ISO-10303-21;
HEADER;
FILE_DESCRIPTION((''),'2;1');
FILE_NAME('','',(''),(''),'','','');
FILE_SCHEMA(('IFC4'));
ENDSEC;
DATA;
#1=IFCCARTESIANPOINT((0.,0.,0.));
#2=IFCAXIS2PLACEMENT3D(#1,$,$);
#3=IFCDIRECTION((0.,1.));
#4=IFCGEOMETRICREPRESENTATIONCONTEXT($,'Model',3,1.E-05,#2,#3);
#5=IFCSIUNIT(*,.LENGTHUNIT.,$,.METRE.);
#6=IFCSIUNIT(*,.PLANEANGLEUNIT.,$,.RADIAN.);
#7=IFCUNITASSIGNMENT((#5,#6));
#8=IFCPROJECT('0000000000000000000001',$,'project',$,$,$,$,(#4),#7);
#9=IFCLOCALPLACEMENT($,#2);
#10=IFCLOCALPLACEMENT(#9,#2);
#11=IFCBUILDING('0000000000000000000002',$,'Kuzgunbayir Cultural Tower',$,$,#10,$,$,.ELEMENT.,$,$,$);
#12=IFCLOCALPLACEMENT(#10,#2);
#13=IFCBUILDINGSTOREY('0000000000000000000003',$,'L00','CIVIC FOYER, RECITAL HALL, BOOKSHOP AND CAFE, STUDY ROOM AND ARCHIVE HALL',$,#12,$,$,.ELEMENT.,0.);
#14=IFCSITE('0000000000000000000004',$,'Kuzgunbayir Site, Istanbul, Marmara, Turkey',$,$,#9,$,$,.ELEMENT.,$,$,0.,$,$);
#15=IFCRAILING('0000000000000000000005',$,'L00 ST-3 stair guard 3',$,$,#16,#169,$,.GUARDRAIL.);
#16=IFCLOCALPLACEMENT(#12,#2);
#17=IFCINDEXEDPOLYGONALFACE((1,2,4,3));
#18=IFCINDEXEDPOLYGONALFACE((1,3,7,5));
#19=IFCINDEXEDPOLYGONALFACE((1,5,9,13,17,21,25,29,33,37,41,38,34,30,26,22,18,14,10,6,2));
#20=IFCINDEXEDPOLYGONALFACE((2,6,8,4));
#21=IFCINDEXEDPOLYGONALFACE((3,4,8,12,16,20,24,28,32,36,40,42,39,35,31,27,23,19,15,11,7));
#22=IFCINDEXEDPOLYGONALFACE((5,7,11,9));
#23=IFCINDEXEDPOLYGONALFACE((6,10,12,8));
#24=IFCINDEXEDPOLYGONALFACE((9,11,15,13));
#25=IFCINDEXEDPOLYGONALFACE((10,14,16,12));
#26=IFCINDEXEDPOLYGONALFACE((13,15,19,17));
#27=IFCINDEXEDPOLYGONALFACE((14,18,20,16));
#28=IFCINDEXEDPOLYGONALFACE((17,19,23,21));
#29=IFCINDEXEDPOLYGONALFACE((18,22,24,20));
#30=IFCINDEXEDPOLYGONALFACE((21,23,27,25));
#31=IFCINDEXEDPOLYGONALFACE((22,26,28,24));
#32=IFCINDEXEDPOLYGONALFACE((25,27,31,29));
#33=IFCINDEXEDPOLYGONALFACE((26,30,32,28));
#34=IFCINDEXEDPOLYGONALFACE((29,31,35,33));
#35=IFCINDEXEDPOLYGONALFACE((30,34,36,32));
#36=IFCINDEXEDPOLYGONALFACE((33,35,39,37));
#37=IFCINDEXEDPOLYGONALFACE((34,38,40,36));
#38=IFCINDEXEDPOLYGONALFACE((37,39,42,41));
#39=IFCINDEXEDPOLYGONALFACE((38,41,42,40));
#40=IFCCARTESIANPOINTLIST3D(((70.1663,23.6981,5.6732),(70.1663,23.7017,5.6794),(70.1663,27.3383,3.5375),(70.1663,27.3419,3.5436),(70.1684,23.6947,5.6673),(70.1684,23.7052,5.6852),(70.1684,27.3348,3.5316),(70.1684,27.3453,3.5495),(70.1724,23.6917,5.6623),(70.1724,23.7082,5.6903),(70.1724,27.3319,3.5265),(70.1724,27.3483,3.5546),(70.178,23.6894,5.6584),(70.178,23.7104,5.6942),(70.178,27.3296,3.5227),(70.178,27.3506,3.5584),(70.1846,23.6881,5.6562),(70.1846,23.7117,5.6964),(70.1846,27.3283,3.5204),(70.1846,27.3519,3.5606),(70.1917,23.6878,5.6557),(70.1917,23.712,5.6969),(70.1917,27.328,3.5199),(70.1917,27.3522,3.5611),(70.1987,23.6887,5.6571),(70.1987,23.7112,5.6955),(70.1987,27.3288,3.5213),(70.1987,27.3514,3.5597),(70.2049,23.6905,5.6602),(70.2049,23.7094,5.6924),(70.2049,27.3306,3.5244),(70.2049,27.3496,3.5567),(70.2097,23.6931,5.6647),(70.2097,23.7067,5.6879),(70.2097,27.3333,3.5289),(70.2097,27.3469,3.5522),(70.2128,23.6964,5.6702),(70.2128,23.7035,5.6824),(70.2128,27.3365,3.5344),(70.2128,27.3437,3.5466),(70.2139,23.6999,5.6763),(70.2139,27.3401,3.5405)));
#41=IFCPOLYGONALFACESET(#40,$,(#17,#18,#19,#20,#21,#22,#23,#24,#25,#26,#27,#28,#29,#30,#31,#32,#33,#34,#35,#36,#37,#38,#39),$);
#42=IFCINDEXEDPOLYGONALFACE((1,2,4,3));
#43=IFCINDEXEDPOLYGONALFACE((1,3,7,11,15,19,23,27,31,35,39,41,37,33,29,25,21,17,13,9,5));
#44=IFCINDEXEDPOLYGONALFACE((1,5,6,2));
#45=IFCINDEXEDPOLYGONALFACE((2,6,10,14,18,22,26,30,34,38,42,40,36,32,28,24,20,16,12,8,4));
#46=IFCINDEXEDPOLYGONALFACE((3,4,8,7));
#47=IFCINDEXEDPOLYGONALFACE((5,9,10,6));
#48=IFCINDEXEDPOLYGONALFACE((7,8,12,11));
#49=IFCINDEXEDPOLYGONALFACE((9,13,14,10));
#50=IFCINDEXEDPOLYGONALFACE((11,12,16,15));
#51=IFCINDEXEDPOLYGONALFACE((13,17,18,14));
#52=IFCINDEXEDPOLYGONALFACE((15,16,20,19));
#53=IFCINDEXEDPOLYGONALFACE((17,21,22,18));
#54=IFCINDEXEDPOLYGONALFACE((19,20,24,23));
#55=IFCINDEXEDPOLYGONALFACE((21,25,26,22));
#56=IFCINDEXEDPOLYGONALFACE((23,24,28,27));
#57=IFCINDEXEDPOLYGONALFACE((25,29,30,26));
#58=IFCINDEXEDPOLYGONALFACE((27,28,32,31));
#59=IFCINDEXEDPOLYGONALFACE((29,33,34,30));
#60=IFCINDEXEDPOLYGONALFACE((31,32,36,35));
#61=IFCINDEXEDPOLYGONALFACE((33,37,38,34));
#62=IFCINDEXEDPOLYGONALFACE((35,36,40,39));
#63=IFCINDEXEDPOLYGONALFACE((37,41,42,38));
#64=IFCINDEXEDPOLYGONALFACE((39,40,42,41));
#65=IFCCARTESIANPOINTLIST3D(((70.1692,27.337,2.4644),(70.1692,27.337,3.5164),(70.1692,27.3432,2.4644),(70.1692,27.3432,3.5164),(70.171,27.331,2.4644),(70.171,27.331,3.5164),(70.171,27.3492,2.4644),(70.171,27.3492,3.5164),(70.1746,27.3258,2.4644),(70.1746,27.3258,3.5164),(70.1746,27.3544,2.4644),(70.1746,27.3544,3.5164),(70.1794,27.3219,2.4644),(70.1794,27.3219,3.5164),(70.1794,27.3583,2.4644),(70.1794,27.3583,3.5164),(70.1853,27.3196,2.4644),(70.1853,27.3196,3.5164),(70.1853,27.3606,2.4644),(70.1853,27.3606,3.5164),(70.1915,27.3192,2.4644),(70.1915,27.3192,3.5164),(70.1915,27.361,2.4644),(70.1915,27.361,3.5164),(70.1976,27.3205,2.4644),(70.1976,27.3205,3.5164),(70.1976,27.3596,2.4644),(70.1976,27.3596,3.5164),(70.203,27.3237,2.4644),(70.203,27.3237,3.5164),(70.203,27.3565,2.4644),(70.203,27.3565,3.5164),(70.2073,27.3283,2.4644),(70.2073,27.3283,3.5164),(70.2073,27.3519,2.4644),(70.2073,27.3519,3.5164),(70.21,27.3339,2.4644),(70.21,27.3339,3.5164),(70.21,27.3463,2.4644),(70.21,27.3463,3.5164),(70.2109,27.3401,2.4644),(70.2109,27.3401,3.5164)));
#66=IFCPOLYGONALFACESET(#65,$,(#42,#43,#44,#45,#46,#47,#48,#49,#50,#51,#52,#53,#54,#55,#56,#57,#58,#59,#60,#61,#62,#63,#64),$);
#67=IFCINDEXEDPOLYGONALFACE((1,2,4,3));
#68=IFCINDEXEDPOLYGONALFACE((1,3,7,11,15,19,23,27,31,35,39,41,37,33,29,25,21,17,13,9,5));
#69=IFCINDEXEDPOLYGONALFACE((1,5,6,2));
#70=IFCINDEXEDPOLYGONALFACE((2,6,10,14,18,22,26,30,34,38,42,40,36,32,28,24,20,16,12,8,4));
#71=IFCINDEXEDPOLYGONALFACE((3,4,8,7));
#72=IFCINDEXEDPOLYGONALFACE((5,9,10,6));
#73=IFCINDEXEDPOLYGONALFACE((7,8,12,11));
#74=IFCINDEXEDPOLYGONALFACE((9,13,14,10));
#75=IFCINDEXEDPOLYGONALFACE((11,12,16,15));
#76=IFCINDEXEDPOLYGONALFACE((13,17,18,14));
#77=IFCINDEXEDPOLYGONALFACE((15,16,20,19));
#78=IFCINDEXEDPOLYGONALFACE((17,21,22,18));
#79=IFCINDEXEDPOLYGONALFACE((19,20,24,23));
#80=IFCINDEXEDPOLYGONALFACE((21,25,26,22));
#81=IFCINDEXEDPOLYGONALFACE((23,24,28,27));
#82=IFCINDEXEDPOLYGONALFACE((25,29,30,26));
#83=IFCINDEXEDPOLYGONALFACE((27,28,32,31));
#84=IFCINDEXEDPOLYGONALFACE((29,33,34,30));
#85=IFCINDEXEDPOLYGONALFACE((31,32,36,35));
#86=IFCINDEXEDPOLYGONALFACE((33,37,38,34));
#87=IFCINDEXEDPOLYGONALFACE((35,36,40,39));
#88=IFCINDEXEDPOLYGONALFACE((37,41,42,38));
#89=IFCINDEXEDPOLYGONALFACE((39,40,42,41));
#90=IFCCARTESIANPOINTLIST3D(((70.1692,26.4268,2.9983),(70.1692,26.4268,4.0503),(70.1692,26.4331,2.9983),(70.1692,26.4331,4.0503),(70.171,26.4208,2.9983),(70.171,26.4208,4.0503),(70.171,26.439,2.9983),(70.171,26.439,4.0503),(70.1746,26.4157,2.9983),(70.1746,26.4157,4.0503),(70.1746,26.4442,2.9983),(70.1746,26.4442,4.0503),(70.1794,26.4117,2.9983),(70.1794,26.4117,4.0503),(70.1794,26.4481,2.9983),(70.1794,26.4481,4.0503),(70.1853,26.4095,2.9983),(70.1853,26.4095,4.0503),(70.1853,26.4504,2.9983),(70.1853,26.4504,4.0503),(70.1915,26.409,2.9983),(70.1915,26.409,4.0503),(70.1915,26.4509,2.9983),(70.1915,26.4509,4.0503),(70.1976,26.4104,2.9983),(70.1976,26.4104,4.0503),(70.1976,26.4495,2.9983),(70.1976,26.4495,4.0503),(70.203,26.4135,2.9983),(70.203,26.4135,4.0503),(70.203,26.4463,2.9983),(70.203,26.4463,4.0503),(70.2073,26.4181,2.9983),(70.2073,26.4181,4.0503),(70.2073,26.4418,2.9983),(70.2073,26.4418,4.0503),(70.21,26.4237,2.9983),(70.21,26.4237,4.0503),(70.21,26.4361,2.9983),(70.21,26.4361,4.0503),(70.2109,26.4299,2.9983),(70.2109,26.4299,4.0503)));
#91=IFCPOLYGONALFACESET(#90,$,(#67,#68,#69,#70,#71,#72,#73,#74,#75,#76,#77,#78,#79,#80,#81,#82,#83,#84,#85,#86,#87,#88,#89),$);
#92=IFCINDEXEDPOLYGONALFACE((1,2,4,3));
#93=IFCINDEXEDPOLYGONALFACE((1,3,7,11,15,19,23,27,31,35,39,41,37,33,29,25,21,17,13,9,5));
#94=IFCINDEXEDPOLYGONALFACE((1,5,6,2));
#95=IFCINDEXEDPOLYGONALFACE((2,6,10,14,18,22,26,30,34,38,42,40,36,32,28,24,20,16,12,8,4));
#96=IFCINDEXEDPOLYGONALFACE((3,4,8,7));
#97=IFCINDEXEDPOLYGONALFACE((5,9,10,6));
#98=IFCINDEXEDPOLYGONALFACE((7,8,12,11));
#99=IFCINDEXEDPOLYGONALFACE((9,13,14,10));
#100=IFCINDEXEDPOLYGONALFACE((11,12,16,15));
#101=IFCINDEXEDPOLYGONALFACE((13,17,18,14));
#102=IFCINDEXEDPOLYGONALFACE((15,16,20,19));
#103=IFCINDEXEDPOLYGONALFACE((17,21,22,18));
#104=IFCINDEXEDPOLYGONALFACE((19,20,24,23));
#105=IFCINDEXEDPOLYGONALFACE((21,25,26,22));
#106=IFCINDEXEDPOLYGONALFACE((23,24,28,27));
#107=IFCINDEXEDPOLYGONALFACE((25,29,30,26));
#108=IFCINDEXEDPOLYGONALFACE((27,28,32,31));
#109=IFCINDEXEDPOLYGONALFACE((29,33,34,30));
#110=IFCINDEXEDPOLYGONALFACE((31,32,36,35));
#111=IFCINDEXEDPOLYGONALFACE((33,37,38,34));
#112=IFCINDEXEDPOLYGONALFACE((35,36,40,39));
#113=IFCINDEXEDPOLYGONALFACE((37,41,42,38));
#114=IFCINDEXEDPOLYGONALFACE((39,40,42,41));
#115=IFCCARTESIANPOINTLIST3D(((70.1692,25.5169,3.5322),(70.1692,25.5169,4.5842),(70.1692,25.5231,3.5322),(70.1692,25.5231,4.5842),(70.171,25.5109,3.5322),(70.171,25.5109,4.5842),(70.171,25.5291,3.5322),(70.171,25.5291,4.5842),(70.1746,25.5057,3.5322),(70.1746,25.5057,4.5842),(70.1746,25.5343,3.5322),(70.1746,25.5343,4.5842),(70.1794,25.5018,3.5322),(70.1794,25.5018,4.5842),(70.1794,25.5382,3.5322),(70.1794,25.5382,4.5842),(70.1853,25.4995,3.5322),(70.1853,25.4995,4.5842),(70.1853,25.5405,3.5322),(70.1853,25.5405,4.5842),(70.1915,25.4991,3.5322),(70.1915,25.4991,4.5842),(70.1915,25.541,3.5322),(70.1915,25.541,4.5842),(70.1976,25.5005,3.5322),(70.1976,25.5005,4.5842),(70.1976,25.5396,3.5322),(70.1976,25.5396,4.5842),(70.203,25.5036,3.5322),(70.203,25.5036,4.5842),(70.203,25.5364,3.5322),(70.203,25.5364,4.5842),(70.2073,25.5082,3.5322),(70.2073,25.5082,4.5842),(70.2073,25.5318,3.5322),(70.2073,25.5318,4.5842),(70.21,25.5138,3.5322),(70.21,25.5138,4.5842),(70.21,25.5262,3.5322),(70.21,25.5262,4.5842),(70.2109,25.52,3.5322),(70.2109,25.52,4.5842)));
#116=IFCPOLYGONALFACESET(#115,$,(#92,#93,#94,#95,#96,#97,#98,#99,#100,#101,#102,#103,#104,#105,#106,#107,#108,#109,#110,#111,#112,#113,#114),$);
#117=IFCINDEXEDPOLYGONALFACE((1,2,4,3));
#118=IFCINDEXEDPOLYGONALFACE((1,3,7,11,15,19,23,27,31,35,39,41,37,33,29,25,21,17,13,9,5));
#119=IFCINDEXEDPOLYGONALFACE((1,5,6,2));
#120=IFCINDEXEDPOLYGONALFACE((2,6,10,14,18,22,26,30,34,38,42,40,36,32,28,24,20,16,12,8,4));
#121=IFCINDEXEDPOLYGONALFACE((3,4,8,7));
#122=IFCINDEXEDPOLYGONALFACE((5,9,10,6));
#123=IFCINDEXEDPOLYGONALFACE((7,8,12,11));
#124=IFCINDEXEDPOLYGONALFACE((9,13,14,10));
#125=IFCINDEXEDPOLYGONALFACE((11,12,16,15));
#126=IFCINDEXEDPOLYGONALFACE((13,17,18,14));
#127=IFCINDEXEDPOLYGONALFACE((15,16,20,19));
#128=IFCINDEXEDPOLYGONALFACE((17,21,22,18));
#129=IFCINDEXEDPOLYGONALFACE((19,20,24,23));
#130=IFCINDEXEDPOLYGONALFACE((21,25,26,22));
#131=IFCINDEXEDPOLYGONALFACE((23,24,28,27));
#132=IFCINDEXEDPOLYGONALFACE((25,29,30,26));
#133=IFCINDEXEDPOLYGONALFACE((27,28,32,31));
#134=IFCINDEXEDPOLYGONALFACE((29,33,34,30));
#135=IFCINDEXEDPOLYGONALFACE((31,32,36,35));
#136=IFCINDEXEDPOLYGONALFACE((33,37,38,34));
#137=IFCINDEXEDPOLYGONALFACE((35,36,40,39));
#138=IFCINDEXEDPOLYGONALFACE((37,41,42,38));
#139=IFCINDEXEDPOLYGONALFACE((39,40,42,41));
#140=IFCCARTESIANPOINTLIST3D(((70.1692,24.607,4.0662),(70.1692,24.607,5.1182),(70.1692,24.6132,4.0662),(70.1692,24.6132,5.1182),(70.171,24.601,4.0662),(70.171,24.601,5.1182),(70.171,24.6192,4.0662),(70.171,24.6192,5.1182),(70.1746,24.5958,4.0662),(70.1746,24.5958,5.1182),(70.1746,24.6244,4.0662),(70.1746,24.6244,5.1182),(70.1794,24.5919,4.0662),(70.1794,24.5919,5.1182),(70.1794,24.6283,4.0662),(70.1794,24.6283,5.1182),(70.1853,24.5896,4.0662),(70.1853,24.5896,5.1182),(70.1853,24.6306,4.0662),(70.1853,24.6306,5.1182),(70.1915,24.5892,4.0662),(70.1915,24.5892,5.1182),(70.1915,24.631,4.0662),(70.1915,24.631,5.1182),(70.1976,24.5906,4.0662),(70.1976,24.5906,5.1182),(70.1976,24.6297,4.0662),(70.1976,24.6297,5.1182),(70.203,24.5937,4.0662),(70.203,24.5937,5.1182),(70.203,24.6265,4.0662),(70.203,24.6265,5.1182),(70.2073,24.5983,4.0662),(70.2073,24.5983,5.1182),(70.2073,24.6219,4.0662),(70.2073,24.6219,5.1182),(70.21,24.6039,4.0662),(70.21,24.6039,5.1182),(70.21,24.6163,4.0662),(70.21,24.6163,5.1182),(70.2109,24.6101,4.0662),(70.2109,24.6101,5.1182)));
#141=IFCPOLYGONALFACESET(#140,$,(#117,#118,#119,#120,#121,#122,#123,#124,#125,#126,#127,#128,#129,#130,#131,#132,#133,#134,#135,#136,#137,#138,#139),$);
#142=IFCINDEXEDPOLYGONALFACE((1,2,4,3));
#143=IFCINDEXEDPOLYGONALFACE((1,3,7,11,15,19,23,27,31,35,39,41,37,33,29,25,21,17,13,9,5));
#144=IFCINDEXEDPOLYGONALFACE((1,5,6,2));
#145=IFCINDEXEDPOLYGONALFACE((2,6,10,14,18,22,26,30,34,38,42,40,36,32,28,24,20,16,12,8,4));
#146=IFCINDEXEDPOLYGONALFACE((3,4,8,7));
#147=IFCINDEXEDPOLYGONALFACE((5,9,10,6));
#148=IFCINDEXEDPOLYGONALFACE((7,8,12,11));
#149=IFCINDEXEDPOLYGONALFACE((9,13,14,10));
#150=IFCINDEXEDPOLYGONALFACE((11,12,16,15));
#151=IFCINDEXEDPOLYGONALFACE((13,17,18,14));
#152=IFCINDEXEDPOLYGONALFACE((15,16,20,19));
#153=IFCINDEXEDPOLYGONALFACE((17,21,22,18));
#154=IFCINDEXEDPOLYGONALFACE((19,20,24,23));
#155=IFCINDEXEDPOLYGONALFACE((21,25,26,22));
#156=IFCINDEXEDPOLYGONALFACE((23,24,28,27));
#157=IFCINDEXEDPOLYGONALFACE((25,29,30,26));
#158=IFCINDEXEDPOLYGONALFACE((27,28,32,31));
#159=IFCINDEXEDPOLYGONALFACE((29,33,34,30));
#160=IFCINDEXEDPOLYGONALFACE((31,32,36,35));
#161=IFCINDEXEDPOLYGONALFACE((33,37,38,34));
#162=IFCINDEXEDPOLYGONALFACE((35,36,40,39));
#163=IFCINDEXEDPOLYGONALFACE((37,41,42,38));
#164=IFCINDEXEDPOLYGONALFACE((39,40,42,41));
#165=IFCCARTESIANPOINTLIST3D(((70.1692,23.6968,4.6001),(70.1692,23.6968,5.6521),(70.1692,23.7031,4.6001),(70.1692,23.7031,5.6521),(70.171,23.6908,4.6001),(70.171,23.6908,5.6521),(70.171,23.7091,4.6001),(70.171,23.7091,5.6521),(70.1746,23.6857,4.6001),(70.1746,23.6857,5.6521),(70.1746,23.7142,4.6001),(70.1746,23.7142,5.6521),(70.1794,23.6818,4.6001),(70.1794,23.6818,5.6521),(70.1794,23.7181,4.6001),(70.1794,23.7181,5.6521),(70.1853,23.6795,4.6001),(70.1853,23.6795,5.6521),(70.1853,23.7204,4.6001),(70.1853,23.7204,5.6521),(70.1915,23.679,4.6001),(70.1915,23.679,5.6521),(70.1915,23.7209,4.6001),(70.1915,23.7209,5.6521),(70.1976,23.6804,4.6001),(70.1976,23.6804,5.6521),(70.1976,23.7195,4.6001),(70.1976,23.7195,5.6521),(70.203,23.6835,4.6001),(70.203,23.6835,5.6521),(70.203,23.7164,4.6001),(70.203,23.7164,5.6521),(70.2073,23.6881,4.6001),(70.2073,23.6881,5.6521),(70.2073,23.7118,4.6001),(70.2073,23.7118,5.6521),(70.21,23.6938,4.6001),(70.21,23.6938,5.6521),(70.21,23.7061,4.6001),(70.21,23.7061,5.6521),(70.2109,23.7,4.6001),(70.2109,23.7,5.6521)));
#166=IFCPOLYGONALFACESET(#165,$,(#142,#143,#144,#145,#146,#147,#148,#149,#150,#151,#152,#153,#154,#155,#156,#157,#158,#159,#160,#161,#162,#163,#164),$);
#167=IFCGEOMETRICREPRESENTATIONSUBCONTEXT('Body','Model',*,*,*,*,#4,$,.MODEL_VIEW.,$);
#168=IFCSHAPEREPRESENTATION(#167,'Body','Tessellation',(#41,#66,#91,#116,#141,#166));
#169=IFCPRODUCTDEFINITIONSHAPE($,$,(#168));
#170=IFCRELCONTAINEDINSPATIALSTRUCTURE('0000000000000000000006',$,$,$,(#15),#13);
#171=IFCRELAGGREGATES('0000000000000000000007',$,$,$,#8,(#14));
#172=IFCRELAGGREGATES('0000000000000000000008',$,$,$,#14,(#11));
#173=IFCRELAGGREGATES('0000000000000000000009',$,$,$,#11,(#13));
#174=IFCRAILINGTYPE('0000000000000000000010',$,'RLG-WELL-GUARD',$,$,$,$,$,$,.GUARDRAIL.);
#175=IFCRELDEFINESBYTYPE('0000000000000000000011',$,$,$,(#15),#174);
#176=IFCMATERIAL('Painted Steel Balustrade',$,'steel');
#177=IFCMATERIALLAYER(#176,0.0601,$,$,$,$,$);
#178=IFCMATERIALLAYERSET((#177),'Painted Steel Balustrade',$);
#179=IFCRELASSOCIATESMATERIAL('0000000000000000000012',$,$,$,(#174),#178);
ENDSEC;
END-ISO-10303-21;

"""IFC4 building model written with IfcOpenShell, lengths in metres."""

from ifc_helpers import new_model, si_unit, direction, frame, origin, origin_2d, place, context, subcontext, project, spatial, circle, extrude, material, layer, layer_set, type_object, element, save


model = new_model("IFC4")

# Units and contexts
model_context = context("Model", 3, precision=1e-05, world=origin(), true_north=direction((0.0, 1.0)))
body_context = subcontext(model_context, "Body", "Model", "MODEL_VIEW")
ifc_project = project(units=[si_unit("LENGTHUNIT", "METRE"), si_unit("PLANEANGLEUNIT", "RADIAN")], contexts=[model_context])

# Site, building, storey
site_placement = place(None, origin())
site = spatial("IfcSite", under=ifc_project, at=site_placement, Name="Kuzgunbayir Site, Istanbul, Marmara, Turkey", CompositionType="ELEMENT", RefElevation=0.0)
building_placement = place(site_placement, origin())
building = spatial("IfcBuilding", under=site, at=building_placement, Name="Kuzgunbayir Cultural Tower", CompositionType="ELEMENT")
storey_placement = place(building_placement, origin())
storey = spatial("IfcBuildingStorey", under=building, at=storey_placement, Name="L00", Description="CIVIC FOYER, RECITAL HALL, BOOKSHOP AND CAFE, STUDY ROOM AND ARCHIVE HALL", CompositionType="ELEMENT", Elevation=0.0)

# Railing
ifc_material_1 = material(Name="Painted Steel Balustrade", Category="steel")
ifc_layer_1 = layer(ifc_material_1, 0.0601)
ifc_layer_set_1 = layer_set([ifc_layer_1], Name="Painted Steel Balustrade")
railing_type_1 = type_object("IfcRailingType", Name="RLG-WELL-GUARD", PredefinedType="GUARDRAIL", material=ifc_layer_set_1)
railing_1_placement = place(storey_placement, frame((70.1899, 27.3401, 2.4644)))
element("IfcRailing", 1, at=railing_1_placement, inside=storey, type_object=railing_type_1, Name="L00 ST-3 stair guard 3", PredefinedType="GUARDRAIL", context=body_context, shape_type="SweptSolid", body=[
    extrude(circle(Radius=0.0239, at=origin_2d()), frame((0.0, 0.0, 1.0762), z_axis=(0.0, -0.862505, 0.506049), x_axis=(1.0, 0.0, 0.0)), (0.0, 0.0, 1.0), 4.2205),
    extrude(circle(Radius=0.021, at=origin_2d()), origin(), (0.0, 0.0, 1.0), 1.052),
    extrude(circle(Radius=0.021, at=origin_2d()), frame((0.0, -0.9102, 0.5339)), (0.0, 0.0, 1.0), 1.052),
    extrude(circle(Radius=0.021, at=origin_2d()), frame((0.0, -1.8201, 1.0679)), (0.0, 0.0, 1.0), 1.052),
    extrude(circle(Radius=0.021, at=origin_2d()), frame((0.0, -2.73, 1.6018)), (0.0, 0.0, 1.0), 1.052),
    extrude(circle(Radius=0.021, at=origin_2d()), frame((0.0, -3.6401, 2.1357)), (0.0, 0.0, 1.0), 1.052),
])

save(model, "model.ifc")
